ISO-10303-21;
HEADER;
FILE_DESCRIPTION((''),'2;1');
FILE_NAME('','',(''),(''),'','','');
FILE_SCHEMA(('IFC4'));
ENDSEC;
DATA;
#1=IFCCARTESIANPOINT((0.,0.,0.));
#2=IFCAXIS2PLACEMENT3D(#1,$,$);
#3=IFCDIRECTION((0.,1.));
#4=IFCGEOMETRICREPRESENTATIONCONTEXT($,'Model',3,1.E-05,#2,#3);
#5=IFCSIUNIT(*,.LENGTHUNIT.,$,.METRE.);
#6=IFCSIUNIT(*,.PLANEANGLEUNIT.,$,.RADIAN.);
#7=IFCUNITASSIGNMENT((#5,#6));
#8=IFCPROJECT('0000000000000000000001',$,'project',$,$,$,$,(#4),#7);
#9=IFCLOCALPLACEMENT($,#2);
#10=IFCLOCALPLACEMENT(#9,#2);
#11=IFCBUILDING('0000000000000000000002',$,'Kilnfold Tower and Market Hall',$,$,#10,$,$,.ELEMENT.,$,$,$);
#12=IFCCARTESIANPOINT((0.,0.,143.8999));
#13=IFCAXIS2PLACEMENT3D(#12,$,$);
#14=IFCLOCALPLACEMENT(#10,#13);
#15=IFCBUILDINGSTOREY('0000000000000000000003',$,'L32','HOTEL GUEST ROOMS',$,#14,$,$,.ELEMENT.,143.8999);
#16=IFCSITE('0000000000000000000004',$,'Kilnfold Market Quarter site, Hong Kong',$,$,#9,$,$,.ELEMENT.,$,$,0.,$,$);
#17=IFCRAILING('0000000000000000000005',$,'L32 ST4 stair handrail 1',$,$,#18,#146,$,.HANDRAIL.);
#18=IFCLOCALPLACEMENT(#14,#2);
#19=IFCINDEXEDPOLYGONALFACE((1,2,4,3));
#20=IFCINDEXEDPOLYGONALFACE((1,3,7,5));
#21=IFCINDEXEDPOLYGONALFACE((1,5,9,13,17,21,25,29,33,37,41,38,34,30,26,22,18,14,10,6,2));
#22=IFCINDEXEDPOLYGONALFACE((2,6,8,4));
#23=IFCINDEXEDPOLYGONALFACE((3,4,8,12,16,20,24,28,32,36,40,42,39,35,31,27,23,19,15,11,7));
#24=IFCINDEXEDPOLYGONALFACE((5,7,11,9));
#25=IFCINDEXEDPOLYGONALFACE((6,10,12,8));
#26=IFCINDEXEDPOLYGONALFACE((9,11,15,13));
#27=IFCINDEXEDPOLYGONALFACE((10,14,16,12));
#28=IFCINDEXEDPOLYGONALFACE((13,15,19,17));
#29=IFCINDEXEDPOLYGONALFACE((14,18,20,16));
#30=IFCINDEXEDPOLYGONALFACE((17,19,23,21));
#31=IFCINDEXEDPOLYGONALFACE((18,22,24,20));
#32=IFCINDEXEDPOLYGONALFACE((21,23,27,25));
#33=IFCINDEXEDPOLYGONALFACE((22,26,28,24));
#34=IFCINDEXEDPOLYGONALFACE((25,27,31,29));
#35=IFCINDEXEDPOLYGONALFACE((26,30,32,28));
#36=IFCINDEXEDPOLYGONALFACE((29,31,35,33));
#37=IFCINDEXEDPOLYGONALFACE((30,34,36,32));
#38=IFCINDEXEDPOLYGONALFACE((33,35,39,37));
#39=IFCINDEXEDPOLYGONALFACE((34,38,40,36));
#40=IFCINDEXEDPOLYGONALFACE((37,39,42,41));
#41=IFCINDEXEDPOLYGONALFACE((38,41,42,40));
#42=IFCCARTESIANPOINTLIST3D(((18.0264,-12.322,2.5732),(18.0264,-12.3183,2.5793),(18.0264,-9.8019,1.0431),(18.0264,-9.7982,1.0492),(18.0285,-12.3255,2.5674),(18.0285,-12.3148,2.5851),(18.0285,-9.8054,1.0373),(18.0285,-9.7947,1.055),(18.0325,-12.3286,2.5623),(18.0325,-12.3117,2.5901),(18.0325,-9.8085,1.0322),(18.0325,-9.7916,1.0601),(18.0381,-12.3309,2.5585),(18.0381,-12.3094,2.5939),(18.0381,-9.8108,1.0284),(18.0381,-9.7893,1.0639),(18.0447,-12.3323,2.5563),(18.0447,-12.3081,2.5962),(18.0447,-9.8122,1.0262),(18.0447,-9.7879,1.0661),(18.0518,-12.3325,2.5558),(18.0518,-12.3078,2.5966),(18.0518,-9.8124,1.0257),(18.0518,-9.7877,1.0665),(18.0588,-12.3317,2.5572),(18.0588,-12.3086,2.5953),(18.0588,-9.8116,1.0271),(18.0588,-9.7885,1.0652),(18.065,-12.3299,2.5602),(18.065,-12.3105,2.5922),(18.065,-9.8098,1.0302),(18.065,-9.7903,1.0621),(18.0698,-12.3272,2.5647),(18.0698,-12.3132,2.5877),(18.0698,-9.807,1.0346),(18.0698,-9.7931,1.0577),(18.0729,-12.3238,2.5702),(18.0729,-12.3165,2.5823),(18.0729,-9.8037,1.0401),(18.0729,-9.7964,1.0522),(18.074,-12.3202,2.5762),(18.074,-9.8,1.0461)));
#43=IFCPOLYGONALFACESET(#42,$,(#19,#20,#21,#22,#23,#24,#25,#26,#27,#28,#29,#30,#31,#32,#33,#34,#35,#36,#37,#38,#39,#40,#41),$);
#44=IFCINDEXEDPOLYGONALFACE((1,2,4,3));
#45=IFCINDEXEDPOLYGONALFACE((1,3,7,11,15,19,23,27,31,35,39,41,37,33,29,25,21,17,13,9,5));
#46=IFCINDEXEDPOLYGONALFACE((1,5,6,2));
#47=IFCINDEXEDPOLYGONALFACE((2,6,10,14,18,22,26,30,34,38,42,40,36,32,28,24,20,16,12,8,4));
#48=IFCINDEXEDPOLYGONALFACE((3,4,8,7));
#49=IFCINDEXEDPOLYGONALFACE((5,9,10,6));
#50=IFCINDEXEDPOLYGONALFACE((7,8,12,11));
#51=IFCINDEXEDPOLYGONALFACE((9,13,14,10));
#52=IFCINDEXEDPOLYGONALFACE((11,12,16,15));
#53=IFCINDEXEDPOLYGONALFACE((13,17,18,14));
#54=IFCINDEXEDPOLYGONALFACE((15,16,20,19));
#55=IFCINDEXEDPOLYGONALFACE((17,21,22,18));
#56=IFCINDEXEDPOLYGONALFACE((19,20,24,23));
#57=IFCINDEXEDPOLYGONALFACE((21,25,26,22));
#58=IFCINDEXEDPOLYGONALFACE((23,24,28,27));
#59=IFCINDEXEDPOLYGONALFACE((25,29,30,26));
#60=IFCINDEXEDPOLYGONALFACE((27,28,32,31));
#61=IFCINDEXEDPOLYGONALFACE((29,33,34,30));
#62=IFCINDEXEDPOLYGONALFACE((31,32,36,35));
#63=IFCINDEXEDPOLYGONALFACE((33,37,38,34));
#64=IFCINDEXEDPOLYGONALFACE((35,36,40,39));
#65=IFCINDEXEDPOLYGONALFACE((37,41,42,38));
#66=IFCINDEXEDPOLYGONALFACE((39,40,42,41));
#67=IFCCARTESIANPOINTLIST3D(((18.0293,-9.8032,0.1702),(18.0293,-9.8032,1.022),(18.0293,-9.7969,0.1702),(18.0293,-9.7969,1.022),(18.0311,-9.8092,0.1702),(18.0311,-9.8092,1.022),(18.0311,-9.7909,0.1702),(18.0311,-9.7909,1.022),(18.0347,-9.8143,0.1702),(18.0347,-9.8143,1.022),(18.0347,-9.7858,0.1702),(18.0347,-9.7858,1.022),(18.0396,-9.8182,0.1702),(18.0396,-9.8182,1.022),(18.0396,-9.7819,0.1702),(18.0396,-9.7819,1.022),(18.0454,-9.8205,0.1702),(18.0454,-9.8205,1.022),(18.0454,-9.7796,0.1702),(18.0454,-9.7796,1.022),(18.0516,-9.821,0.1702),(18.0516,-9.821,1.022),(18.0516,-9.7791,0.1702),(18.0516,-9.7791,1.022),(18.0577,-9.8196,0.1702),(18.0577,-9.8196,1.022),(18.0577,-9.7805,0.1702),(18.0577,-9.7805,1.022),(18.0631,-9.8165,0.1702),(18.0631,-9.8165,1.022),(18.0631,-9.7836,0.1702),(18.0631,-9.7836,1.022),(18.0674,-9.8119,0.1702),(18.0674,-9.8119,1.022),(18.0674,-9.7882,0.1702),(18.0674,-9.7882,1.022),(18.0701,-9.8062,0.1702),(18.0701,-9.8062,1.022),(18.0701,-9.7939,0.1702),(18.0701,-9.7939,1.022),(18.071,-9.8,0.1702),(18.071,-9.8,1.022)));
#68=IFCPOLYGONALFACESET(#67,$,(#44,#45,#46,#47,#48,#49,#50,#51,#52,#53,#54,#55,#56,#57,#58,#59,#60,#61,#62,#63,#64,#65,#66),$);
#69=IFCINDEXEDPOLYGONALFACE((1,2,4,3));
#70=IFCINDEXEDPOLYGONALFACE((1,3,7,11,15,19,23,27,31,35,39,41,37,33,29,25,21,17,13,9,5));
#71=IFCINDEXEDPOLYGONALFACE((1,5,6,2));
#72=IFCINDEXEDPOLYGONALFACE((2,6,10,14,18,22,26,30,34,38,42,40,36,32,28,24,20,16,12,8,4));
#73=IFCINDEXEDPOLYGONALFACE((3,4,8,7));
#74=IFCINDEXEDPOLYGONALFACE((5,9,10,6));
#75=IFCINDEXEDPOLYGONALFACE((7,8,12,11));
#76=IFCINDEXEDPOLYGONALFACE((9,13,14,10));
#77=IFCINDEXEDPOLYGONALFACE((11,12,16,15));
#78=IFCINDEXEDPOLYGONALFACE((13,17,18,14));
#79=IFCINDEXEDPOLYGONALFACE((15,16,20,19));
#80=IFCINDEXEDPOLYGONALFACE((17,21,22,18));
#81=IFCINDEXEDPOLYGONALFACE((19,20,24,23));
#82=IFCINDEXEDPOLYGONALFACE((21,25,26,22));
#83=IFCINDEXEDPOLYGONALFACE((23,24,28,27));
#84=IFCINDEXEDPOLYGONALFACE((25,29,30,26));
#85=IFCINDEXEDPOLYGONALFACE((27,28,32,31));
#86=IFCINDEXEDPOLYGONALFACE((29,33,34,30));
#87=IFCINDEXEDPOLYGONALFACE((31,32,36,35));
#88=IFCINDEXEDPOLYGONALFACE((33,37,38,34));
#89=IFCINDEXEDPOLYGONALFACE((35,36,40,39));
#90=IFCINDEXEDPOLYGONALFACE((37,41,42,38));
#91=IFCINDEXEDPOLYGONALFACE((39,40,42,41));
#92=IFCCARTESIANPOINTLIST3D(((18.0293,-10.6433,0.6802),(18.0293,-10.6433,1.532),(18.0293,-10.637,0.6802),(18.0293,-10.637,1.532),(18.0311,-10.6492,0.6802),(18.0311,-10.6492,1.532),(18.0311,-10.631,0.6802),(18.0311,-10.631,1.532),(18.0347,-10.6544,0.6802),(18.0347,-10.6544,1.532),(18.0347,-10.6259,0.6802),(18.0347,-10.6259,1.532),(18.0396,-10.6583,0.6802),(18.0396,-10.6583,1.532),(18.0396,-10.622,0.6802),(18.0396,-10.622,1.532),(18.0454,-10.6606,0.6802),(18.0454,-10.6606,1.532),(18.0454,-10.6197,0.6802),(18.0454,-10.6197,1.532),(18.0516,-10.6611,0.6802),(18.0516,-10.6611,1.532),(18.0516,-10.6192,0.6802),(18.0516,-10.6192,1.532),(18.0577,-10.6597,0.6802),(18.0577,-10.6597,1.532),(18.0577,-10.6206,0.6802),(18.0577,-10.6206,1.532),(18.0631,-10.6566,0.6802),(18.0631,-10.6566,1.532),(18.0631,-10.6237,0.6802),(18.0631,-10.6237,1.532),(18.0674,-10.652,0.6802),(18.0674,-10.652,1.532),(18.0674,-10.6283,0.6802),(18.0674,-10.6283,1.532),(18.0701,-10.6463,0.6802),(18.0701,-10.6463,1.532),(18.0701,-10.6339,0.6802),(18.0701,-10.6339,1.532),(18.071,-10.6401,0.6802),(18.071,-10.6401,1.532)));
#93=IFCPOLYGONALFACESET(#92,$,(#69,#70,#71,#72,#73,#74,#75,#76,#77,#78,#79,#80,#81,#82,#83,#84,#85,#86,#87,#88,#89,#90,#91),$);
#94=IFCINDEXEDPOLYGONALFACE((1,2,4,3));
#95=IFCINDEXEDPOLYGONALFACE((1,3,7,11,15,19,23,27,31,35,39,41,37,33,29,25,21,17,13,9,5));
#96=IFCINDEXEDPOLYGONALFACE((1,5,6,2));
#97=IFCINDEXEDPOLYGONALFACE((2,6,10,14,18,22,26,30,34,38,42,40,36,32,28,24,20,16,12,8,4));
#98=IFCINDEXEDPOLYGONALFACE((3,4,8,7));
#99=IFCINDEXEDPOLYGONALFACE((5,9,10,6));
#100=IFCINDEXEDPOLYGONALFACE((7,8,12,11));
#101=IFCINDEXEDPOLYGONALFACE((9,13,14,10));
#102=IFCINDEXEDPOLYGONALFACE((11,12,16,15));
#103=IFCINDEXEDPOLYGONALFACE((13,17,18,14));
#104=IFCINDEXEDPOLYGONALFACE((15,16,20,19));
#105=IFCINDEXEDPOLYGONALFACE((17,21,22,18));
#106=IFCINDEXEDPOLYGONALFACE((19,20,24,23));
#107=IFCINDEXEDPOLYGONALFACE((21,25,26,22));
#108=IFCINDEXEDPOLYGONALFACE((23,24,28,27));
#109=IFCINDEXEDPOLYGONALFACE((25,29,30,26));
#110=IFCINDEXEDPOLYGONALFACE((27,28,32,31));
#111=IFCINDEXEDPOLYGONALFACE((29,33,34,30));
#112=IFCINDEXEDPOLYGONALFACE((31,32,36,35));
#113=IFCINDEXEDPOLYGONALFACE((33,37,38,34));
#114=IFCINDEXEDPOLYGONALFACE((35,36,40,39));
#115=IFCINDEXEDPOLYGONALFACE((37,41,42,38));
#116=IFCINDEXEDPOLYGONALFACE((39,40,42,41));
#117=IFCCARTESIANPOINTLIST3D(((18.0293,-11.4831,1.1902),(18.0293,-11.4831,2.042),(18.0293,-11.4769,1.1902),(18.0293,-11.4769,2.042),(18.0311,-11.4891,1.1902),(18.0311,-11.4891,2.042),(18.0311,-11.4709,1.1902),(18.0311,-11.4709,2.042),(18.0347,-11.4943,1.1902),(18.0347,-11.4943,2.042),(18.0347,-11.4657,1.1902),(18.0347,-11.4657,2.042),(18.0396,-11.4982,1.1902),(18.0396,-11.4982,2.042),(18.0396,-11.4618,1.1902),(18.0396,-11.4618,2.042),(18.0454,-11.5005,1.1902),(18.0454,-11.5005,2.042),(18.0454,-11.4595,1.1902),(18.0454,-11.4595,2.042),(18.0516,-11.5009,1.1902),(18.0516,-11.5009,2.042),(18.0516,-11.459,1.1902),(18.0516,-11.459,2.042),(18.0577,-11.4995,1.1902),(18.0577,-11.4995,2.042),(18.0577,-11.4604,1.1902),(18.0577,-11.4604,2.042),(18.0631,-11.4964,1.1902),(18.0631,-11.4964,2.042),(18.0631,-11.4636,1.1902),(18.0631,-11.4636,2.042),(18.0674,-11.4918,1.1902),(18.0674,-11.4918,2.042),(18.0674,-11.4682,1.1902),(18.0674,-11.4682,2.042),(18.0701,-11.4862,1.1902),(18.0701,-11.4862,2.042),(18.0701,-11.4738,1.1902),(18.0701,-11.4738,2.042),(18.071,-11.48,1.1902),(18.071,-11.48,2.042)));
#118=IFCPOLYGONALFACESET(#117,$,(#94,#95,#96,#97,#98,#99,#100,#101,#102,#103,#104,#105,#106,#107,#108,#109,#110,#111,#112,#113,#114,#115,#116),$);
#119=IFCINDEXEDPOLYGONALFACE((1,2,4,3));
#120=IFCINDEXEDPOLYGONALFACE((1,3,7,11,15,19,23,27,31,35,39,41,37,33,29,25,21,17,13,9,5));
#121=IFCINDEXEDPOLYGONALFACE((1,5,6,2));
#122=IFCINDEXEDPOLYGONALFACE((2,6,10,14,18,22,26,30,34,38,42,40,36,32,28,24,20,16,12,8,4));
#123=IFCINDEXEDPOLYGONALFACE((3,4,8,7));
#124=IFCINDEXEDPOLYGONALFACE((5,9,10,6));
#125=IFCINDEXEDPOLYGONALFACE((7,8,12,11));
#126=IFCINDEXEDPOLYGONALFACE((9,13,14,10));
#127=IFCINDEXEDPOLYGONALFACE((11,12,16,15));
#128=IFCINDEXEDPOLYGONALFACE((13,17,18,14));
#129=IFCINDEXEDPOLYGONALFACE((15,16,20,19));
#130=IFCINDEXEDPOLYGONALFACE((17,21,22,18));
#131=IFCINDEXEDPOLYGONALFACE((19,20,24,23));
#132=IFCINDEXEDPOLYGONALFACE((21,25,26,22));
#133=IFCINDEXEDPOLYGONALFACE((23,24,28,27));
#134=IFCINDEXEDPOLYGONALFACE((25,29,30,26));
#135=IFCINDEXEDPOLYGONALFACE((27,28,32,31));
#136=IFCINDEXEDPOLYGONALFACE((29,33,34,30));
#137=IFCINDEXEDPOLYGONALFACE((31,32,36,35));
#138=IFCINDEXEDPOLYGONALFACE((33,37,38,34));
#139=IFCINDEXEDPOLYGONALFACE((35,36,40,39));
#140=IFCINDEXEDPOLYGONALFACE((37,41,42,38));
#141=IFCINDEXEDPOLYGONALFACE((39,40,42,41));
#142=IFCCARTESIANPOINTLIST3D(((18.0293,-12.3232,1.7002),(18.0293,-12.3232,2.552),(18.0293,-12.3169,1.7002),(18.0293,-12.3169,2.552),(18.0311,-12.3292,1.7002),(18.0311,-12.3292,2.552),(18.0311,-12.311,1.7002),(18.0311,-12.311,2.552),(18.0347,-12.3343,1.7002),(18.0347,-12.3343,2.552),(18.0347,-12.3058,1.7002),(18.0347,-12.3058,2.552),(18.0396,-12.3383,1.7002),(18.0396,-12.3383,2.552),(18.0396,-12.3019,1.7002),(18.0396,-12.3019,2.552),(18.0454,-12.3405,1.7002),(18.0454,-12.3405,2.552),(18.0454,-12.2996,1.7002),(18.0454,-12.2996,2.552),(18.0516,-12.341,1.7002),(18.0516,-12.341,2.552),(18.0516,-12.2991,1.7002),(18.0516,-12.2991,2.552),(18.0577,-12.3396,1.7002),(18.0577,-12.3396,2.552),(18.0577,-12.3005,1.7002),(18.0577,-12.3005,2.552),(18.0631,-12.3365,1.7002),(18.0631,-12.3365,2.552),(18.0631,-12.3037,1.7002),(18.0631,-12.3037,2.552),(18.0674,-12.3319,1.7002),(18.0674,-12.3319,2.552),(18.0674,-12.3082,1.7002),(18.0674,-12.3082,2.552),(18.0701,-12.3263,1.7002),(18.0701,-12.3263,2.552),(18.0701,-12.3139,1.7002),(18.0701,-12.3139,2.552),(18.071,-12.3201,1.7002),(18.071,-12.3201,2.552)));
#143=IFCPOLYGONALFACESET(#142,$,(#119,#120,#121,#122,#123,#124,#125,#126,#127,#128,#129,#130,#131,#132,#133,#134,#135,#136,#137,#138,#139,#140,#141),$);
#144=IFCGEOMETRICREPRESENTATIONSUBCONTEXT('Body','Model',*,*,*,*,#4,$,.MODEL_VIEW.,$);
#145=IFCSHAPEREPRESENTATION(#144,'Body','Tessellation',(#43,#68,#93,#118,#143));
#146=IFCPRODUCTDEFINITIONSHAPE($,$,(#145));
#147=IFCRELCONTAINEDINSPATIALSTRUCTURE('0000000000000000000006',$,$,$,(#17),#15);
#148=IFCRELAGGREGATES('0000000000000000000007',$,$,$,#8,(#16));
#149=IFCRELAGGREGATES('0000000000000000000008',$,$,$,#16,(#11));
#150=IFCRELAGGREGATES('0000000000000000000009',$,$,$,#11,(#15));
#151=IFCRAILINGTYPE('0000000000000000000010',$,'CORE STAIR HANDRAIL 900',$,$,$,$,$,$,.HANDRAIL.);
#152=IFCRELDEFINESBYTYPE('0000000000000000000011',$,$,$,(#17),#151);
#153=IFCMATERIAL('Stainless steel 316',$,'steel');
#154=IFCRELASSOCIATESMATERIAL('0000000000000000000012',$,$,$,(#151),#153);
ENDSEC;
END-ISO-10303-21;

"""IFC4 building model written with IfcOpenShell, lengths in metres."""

from ifc_helpers import new_model, si_unit, direction, frame, origin, origin_2d, place, context, subcontext, project, spatial, circle, extrude, material, type_object, element, save


model = new_model("IFC4")

# Units and contexts
model_context = context("Model", 3, precision=1e-05, world=origin(), true_north=direction((0.0, 1.0)))
body_context = subcontext(model_context, "Body", "Model", "MODEL_VIEW")
ifc_project = project(units=[si_unit("LENGTHUNIT", "METRE"), si_unit("PLANEANGLEUNIT", "RADIAN")], contexts=[model_context])

# Site, building, storey
site_placement = place(None, origin())
site = spatial("IfcSite", under=ifc_project, at=site_placement, Name="Kilnfold Market Quarter site, Hong Kong", CompositionType="ELEMENT", RefElevation=0.0)
building_placement = place(site_placement, origin())
building = spatial("IfcBuilding", under=site, at=building_placement, Name="Kilnfold Tower and Market Hall", CompositionType="ELEMENT")
storey_placement = place(building_placement, frame((0.0, 0.0, 143.8999)))
storey = spatial("IfcBuildingStorey", under=building, at=storey_placement, Name="L32", Description="HOTEL GUEST ROOMS", CompositionType="ELEMENT", Elevation=143.8999)

# Railing
ifc_material_1 = material(Name="Stainless steel 316", Category="steel")
railing_type_1 = type_object("IfcRailingType", Name="CORE STAIR HANDRAIL 900", PredefinedType="HANDRAIL", material=ifc_material_1)
railing_1_placement = place(storey_placement, frame((18.05, -9.8, 0.1702)))
element("IfcRailing", 1, at=railing_1_placement, inside=storey, type_object=railing_type_1, Name="L32 ST4 stair handrail 1", PredefinedType="HANDRAIL", context=body_context, shape_type="SweptSolid", body=[
    extrude(circle(Radius=0.0239, at=origin_2d()), frame((0.0, 0.0, 0.876), z_axis=(0.0, -0.854785, 0.518982), x_axis=(1.0, 0.0, 0.0)), (0.0, 0.0, 1.0), 2.9482),
    extrude(circle(Radius=0.021, at=origin_2d()), origin(), (0.0, 0.0, 1.0), 0.8518),
    extrude(circle(Radius=0.021, at=origin_2d()), frame((0.0, -0.8401, 0.51)), (0.0, 0.0, 1.0), 0.8518),
    extrude(circle(Radius=0.021, at=origin_2d()), frame((0.0, -1.6799, 1.02)), (0.0, 0.0, 1.0), 0.8518),
    extrude(circle(Radius=0.021, at=origin_2d()), frame((0.0, -2.52, 1.53)), (0.0, 0.0, 1.0), 0.8518),
])

save(model, "model.ifc")
